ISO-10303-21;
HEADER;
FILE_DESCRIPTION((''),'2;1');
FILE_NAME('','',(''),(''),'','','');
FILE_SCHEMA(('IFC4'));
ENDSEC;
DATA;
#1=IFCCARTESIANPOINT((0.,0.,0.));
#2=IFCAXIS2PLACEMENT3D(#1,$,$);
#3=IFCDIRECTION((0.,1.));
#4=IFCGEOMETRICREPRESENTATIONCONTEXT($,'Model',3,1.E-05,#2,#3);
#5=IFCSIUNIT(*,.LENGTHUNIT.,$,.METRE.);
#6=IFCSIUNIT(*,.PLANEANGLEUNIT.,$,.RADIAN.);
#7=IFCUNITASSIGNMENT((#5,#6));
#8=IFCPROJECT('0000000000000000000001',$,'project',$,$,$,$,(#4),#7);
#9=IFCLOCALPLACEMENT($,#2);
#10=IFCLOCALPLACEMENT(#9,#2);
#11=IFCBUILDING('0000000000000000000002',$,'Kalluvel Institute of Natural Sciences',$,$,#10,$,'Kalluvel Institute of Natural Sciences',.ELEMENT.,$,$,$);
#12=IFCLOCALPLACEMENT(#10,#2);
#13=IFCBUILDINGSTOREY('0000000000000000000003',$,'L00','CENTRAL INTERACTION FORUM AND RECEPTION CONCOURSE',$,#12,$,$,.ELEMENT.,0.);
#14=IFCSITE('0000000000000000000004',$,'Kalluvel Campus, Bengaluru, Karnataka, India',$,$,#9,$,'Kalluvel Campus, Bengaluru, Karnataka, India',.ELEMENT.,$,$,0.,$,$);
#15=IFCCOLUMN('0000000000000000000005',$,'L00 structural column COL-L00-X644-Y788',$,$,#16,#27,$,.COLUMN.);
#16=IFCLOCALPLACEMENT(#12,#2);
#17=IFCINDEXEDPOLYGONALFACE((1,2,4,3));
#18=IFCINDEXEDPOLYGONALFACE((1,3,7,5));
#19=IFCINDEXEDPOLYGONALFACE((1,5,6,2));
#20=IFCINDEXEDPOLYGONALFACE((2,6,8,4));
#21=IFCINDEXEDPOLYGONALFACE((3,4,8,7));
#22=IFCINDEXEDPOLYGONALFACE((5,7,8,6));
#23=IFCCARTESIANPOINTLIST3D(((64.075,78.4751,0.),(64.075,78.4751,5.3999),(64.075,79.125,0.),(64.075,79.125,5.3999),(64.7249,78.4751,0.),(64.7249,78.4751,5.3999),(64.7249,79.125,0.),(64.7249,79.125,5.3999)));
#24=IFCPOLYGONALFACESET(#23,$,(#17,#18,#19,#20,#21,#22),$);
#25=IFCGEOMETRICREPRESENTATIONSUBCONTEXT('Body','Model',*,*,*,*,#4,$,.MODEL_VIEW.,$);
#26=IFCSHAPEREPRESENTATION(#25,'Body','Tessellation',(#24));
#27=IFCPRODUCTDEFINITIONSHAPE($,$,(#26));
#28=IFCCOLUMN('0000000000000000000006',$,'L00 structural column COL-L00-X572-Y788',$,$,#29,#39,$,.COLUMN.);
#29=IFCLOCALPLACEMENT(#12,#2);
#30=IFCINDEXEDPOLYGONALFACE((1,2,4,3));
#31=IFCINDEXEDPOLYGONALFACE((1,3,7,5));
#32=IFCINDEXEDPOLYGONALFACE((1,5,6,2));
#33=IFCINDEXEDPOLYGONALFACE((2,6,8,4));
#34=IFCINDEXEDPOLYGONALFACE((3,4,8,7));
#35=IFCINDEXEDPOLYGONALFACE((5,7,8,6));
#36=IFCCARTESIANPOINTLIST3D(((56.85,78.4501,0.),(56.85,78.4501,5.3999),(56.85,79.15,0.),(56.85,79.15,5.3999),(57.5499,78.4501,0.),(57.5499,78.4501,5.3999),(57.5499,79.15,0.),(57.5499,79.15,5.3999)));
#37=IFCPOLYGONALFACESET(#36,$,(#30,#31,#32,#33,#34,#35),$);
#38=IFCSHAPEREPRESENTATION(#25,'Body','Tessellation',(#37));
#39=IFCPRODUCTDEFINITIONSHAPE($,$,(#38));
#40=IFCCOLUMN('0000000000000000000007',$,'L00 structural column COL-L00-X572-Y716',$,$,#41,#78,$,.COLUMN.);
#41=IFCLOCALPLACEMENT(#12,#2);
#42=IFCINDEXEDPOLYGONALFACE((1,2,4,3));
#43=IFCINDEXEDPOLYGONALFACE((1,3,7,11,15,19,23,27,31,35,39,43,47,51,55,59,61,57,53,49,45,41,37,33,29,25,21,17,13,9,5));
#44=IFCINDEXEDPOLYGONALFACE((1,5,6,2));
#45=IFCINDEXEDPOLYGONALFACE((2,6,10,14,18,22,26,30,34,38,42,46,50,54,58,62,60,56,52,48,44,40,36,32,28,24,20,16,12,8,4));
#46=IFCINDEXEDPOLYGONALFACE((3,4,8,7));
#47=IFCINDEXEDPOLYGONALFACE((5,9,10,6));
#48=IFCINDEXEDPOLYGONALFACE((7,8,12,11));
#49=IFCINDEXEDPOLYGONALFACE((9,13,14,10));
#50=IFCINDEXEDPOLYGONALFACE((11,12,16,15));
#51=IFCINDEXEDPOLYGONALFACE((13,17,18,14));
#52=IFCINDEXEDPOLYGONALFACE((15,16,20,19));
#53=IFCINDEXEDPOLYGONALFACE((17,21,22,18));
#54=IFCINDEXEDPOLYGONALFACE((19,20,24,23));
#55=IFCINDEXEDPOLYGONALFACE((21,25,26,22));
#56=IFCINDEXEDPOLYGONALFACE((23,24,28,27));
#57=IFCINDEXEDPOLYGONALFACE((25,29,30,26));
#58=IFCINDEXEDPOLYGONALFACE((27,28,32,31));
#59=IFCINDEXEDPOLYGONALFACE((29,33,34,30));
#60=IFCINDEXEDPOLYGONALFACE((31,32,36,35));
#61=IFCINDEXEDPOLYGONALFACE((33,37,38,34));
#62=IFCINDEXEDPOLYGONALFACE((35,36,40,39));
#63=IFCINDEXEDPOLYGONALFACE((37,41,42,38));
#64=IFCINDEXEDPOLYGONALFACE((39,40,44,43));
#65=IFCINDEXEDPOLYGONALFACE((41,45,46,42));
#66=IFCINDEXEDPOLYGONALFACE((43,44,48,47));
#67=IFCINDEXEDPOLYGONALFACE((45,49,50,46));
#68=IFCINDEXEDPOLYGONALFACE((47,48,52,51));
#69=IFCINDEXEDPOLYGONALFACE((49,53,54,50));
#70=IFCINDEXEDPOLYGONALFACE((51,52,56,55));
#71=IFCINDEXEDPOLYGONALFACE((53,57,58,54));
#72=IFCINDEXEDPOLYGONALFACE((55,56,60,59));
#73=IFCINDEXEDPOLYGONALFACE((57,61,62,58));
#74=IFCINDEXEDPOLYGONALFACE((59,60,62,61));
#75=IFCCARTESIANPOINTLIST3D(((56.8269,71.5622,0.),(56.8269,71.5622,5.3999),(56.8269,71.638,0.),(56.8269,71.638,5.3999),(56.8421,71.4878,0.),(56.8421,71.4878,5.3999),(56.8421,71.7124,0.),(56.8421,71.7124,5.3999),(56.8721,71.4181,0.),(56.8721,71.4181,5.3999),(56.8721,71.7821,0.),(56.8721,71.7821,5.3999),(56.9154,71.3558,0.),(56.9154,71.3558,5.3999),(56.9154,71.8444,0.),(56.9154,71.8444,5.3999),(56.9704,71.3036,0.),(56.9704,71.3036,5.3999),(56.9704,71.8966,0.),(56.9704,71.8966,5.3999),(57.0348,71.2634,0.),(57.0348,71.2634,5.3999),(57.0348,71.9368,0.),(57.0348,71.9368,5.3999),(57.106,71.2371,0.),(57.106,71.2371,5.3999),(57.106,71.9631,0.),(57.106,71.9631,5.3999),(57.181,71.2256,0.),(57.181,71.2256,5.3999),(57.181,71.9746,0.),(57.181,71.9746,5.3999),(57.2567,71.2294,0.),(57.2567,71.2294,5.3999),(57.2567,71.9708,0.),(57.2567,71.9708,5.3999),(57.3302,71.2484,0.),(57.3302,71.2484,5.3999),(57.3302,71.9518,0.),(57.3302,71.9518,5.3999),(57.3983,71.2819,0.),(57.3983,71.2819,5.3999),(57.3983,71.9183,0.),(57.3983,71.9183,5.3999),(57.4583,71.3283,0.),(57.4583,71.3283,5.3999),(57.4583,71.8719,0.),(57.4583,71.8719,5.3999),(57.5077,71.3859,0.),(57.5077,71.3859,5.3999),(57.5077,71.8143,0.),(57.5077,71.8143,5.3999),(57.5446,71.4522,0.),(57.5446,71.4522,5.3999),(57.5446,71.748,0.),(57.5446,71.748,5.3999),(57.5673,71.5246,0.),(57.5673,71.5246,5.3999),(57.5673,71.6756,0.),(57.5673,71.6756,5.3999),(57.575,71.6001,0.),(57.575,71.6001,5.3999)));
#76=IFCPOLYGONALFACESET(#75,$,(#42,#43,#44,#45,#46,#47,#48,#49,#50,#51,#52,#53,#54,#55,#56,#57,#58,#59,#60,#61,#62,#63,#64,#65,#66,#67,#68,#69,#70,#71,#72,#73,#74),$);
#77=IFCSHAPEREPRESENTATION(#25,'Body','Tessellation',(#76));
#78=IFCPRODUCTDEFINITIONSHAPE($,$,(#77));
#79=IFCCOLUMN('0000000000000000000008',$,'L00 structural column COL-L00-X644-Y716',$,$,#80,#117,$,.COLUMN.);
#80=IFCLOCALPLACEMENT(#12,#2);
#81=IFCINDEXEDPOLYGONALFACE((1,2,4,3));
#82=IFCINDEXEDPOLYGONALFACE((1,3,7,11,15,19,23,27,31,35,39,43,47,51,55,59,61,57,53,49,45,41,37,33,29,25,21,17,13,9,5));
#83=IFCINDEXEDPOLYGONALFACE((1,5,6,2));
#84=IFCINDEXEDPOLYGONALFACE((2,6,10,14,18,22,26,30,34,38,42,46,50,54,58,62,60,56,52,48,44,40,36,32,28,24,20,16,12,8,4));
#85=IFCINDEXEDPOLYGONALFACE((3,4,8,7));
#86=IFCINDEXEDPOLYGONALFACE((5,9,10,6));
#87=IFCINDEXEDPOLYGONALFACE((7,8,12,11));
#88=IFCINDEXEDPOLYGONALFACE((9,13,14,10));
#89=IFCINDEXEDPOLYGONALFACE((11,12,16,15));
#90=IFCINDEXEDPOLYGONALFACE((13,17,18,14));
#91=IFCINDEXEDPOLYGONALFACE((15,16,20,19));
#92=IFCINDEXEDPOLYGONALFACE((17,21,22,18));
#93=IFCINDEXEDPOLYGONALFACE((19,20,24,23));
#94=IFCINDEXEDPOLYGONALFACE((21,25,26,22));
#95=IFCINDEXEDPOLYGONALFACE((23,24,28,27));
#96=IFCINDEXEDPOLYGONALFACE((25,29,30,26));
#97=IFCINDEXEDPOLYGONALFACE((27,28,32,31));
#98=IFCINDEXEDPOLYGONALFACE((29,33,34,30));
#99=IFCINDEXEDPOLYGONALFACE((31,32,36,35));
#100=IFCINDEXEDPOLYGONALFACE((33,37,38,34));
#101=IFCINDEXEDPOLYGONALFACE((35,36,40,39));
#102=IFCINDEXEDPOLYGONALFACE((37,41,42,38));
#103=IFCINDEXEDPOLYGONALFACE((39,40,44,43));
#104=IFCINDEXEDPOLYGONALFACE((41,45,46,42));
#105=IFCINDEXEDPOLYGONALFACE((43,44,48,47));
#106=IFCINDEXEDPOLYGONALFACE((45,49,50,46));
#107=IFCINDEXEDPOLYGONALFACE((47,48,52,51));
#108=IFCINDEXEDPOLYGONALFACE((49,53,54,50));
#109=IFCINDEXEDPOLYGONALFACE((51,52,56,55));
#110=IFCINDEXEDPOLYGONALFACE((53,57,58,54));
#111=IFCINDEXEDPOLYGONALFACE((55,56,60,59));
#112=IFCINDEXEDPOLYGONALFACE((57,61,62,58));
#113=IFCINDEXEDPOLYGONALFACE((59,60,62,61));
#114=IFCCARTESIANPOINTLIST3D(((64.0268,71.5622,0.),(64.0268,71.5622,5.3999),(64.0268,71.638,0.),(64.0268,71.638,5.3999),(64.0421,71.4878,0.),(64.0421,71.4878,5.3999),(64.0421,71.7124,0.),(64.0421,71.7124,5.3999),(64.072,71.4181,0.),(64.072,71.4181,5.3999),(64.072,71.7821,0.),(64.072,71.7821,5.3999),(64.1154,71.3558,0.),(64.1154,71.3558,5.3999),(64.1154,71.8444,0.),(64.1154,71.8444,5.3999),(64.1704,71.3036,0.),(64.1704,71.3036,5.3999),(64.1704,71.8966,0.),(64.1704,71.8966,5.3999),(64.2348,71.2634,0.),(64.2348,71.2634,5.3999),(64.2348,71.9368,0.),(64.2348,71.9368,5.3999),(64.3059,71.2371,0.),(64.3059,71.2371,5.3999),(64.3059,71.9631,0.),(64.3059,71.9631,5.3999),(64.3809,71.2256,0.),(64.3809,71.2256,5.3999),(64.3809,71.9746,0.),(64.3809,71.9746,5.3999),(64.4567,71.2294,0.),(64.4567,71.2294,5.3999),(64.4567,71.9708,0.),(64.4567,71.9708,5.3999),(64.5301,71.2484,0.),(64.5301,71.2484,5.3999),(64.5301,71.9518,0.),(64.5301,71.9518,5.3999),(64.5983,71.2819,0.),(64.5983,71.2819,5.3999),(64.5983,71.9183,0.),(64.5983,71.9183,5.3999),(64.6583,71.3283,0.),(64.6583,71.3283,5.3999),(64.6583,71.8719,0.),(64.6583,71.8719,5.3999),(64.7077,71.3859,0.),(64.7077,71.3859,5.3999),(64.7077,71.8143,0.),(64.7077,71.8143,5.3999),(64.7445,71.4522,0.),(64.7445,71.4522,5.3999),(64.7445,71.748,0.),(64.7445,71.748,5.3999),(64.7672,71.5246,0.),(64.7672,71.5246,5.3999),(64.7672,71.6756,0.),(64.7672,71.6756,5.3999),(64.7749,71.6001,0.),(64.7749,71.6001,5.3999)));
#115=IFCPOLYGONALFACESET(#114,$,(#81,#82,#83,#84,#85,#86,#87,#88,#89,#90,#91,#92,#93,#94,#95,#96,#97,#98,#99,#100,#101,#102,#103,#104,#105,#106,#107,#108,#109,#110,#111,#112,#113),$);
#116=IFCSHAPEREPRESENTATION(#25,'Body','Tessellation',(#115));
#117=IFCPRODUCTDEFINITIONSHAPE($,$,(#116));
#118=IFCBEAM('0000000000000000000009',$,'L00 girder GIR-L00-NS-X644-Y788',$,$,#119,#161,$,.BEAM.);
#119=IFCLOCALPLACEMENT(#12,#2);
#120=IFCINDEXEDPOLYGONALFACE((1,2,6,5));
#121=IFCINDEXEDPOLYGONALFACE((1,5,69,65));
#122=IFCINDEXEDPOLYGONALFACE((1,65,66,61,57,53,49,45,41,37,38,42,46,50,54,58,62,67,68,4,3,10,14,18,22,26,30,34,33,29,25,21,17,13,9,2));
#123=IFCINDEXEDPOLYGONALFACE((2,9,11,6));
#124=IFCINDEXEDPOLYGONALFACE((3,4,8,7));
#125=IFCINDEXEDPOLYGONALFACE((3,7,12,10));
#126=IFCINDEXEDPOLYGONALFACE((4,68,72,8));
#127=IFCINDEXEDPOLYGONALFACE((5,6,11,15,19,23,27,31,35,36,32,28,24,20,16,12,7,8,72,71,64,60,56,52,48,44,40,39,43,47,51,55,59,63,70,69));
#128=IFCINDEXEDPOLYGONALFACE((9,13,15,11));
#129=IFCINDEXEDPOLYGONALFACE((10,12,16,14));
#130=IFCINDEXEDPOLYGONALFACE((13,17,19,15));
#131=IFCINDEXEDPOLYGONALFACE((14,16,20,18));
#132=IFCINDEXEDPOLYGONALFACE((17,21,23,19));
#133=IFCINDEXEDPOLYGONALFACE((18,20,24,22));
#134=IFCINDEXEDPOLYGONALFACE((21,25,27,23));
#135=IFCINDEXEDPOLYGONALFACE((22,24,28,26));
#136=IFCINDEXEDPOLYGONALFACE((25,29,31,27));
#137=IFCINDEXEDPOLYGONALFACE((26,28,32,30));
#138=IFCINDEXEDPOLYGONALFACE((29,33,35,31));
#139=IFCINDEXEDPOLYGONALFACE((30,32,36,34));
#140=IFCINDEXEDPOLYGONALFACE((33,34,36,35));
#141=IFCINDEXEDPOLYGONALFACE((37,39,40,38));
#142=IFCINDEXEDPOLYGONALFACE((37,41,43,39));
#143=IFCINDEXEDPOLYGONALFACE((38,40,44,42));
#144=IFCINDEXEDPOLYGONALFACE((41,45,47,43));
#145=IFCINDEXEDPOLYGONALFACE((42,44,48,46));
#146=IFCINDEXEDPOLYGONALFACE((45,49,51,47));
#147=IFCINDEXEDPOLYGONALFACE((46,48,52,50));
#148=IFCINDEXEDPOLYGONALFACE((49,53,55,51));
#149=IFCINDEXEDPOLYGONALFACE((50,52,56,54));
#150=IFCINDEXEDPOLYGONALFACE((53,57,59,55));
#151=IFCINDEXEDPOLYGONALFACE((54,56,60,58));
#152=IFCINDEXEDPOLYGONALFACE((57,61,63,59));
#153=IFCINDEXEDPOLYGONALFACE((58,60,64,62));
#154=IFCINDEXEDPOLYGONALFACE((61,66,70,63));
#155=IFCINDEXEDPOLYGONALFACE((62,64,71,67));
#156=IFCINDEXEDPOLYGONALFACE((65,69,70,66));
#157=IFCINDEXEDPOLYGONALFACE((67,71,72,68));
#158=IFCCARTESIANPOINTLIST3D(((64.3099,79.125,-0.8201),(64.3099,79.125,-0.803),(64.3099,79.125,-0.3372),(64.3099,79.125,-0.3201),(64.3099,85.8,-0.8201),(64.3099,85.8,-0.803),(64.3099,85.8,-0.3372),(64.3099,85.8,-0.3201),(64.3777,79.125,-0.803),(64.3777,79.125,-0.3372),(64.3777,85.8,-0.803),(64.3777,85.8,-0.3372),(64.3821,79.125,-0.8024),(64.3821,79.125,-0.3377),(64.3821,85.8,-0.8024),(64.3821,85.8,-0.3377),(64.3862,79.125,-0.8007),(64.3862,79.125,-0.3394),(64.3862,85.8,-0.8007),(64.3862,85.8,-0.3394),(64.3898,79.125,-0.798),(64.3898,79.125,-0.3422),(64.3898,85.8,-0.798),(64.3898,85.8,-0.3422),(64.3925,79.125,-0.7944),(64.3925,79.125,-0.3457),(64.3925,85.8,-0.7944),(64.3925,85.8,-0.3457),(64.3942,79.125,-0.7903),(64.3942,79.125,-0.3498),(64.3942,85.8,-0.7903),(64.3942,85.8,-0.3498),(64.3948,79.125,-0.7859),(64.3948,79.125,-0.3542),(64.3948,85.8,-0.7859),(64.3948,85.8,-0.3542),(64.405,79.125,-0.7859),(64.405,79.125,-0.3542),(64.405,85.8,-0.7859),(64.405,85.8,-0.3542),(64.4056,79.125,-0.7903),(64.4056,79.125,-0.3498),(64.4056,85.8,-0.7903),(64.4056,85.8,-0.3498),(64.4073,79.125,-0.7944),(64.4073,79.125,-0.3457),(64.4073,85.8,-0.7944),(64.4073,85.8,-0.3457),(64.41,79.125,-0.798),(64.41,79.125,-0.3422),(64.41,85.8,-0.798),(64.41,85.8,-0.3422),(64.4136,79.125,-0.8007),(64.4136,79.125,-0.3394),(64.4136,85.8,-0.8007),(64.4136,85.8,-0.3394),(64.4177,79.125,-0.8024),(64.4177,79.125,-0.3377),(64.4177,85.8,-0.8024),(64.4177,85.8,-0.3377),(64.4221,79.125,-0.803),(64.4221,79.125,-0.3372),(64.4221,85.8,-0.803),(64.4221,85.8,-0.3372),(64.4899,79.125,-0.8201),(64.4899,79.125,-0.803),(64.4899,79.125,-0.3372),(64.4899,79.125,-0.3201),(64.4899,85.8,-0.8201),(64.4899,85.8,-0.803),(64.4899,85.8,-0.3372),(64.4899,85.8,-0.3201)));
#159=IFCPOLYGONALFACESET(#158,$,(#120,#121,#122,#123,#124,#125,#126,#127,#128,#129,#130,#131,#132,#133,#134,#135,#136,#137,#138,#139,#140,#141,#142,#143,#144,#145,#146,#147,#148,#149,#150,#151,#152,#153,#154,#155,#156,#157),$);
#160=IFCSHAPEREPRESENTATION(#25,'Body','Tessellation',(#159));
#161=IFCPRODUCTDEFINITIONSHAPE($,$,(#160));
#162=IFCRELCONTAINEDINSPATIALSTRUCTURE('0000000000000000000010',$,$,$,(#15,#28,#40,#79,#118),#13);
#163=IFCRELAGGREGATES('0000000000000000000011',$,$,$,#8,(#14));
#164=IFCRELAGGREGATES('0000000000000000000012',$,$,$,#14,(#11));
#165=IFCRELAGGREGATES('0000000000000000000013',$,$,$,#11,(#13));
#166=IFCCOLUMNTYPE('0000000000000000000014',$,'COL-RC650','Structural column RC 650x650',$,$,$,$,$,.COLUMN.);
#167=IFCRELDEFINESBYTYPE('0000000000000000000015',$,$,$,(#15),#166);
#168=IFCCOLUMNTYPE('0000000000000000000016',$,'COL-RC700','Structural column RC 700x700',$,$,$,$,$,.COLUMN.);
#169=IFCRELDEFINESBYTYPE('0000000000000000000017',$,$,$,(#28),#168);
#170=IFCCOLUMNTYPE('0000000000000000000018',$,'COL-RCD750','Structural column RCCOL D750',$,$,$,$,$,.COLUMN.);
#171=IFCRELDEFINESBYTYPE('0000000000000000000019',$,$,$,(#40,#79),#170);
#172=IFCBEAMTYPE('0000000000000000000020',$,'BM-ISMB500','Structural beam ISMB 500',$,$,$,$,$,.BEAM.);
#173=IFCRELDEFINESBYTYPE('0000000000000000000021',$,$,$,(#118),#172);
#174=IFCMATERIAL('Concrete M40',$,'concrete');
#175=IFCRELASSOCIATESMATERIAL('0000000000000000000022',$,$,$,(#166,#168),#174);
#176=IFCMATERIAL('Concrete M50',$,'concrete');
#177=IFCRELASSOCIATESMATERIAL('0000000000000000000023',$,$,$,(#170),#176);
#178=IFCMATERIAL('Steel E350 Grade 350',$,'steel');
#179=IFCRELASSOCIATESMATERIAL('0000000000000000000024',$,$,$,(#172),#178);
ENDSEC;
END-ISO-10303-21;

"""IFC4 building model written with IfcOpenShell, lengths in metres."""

from ifc_helpers import new_model, si_unit, direction, frame, origin, origin_2d, place, context, subcontext, project, spatial, rectangle, circle, i_section, extrude, material, material_profile, profile_set, type_object, element, save


model = new_model("IFC4")

# Units and contexts
model_context = context("Model", 3, precision=1e-05, world=origin(), true_north=direction((0.0, 1.0)))
body_context = subcontext(model_context, "Body", "Model", "MODEL_VIEW")
ifc_project = project(units=[si_unit("LENGTHUNIT", "METRE"), si_unit("PLANEANGLEUNIT", "RADIAN")], contexts=[model_context])

# Site, building, storey
site_placement = place(None, origin())
site = spatial("IfcSite", under=ifc_project, at=site_placement, Name="Kalluvel Campus, Bengaluru, Karnataka, India", LongName="Kalluvel Campus, Bengaluru, Karnataka, India", CompositionType="ELEMENT", RefElevation=0.0)
building_placement = place(site_placement, origin())
building = spatial("IfcBuilding", under=site, at=building_placement, Name="Kalluvel Institute of Natural Sciences", LongName="Kalluvel Institute of Natural Sciences", CompositionType="ELEMENT")
storey_placement = place(building_placement, origin())
storey = spatial("IfcBuildingStorey", under=building, at=storey_placement, Name="L00", Description="CENTRAL INTERACTION FORUM AND RECEPTION CONCOURSE", CompositionType="ELEMENT", Elevation=0.0)

# Columns
ifc_material_1 = material(Name="Concrete M40", Category="concrete")
ifc_material_profile_1 = material_profile(ifc_material_1, rectangle(XDim=0.6499, YDim=0.6499, at=origin_2d()), Name="RC 650x650")
ifc_profile_set_1 = profile_set([ifc_material_profile_1], Name="Concrete M40")
column_type_1 = type_object("IfcColumnType", Name="COL-RC650", Description="Structural column RC 650x650", PredefinedType="COLUMN", material=ifc_profile_set_1)
column_1_placement = place(storey_placement, frame((64.3999, 78.8, 0.0), z_axis=(0.0, 0.0, 1.0), x_axis=(1.0, 0.0, 0.0)))
element("IfcColumn", 1, at=column_1_placement, inside=storey, type_object=column_type_1, Name="L00 structural column COL-L00-X644-Y788", PredefinedType="COLUMN", context=body_context, shape_type="SweptSolid", body=[
    extrude(rectangle(XDim=0.6499, YDim=0.6499, at=origin_2d()), origin(), (0.0, 0.0, 1.0), 5.3999),
])
ifc_material_profile_2 = material_profile(ifc_material_1, rectangle(XDim=0.7, YDim=0.7, at=origin_2d()), Name="RC 700x700")
ifc_profile_set_2 = profile_set([ifc_material_profile_2], Name="Concrete M40")
column_type_2 = type_object("IfcColumnType", Name="COL-RC700", Description="Structural column RC 700x700", PredefinedType="COLUMN", material=ifc_profile_set_2)
column_2_placement = place(storey_placement, frame((57.2, 78.8, 0.0), z_axis=(0.0, 0.0, 1.0), x_axis=(1.0, 0.0, 0.0)))
element("IfcColumn", 2, at=column_2_placement, inside=storey, type_object=column_type_2, Name="L00 structural column COL-L00-X572-Y788", PredefinedType="COLUMN", context=body_context, shape_type="SweptSolid", body=[
    extrude(rectangle(XDim=0.7, YDim=0.7, at=origin_2d()), origin(), (0.0, 0.0, 1.0), 5.3999),
])
ifc_material_2 = material(Name="Concrete M50", Category="concrete")
ifc_material_profile_3 = material_profile(ifc_material_2, circle(Radius=0.375, at=origin_2d()), Name="RCCOL D750")
ifc_profile_set_3 = profile_set([ifc_material_profile_3], Name="Concrete M50")
column_type_3 = type_object("IfcColumnType", Name="COL-RCD750", Description="Structural column RCCOL D750", PredefinedType="COLUMN", material=ifc_profile_set_3)
for number, where, z_axis, x_axis, name in (
    (3, (57.2, 71.6001, 0.0), (0.0, 0.0, 1.0), (1.0, 0.0, 0.0), "L00 structural column COL-L00-X572-Y716"),
    (4, (64.3999, 71.6001, 0.0), (0.0, 0.0, 1.0), (1.0, 0.0, 0.0), "L00 structural column COL-L00-X644-Y716"),
):
    element("IfcColumn", number, at=place(storey_placement, frame(where, z_axis=z_axis, x_axis=x_axis)), inside=storey, type_object=column_type_3, Name=name, PredefinedType="COLUMN", context=body_context, shape_type="SweptSolid", body=[
        extrude(circle(Radius=0.375, at=origin_2d()), origin(), (0.0, 0.0, 1.0), 5.3999),
    ])

# Beam
ifc_material_3 = material(Name="Steel E350 Grade 350", Category="steel")
ifc_material_profile_4 = material_profile(ifc_material_3, i_section(OverallWidth=0.1799, OverallDepth=0.5, WebThickness=0.0103, FlangeThickness=0.0171, FilletRadius=0.0171, at=origin_2d()), Name="ISMB 500")
ifc_profile_set_4 = profile_set([ifc_material_profile_4], Name="Steel E350 Grade 350")
beam_type_1 = type_object("IfcBeamType", Name="BM-ISMB500", Description="Structural beam ISMB 500", PredefinedType="BEAM", material=ifc_profile_set_4)
beam_1_placement = place(storey_placement, frame((64.3999, 79.125, -0.5701), z_axis=(0.0, 1.0, 0.0), x_axis=(-1.0, 0.0, 0.0)))
element("IfcBeam", 5, at=beam_1_placement, inside=storey, type_object=beam_type_1, Name="L00 girder GIR-L00-NS-X644-Y788", PredefinedType="BEAM", context=body_context, shape_type="SweptSolid", body=[
    extrude(i_section(OverallWidth=0.1799, OverallDepth=0.5, WebThickness=0.0103, FlangeThickness=0.0171, FilletRadius=0.0171, at=origin_2d()), origin(), (0.0, 0.0, 1.0), 6.675),
])

save(model, "model.ifc")
